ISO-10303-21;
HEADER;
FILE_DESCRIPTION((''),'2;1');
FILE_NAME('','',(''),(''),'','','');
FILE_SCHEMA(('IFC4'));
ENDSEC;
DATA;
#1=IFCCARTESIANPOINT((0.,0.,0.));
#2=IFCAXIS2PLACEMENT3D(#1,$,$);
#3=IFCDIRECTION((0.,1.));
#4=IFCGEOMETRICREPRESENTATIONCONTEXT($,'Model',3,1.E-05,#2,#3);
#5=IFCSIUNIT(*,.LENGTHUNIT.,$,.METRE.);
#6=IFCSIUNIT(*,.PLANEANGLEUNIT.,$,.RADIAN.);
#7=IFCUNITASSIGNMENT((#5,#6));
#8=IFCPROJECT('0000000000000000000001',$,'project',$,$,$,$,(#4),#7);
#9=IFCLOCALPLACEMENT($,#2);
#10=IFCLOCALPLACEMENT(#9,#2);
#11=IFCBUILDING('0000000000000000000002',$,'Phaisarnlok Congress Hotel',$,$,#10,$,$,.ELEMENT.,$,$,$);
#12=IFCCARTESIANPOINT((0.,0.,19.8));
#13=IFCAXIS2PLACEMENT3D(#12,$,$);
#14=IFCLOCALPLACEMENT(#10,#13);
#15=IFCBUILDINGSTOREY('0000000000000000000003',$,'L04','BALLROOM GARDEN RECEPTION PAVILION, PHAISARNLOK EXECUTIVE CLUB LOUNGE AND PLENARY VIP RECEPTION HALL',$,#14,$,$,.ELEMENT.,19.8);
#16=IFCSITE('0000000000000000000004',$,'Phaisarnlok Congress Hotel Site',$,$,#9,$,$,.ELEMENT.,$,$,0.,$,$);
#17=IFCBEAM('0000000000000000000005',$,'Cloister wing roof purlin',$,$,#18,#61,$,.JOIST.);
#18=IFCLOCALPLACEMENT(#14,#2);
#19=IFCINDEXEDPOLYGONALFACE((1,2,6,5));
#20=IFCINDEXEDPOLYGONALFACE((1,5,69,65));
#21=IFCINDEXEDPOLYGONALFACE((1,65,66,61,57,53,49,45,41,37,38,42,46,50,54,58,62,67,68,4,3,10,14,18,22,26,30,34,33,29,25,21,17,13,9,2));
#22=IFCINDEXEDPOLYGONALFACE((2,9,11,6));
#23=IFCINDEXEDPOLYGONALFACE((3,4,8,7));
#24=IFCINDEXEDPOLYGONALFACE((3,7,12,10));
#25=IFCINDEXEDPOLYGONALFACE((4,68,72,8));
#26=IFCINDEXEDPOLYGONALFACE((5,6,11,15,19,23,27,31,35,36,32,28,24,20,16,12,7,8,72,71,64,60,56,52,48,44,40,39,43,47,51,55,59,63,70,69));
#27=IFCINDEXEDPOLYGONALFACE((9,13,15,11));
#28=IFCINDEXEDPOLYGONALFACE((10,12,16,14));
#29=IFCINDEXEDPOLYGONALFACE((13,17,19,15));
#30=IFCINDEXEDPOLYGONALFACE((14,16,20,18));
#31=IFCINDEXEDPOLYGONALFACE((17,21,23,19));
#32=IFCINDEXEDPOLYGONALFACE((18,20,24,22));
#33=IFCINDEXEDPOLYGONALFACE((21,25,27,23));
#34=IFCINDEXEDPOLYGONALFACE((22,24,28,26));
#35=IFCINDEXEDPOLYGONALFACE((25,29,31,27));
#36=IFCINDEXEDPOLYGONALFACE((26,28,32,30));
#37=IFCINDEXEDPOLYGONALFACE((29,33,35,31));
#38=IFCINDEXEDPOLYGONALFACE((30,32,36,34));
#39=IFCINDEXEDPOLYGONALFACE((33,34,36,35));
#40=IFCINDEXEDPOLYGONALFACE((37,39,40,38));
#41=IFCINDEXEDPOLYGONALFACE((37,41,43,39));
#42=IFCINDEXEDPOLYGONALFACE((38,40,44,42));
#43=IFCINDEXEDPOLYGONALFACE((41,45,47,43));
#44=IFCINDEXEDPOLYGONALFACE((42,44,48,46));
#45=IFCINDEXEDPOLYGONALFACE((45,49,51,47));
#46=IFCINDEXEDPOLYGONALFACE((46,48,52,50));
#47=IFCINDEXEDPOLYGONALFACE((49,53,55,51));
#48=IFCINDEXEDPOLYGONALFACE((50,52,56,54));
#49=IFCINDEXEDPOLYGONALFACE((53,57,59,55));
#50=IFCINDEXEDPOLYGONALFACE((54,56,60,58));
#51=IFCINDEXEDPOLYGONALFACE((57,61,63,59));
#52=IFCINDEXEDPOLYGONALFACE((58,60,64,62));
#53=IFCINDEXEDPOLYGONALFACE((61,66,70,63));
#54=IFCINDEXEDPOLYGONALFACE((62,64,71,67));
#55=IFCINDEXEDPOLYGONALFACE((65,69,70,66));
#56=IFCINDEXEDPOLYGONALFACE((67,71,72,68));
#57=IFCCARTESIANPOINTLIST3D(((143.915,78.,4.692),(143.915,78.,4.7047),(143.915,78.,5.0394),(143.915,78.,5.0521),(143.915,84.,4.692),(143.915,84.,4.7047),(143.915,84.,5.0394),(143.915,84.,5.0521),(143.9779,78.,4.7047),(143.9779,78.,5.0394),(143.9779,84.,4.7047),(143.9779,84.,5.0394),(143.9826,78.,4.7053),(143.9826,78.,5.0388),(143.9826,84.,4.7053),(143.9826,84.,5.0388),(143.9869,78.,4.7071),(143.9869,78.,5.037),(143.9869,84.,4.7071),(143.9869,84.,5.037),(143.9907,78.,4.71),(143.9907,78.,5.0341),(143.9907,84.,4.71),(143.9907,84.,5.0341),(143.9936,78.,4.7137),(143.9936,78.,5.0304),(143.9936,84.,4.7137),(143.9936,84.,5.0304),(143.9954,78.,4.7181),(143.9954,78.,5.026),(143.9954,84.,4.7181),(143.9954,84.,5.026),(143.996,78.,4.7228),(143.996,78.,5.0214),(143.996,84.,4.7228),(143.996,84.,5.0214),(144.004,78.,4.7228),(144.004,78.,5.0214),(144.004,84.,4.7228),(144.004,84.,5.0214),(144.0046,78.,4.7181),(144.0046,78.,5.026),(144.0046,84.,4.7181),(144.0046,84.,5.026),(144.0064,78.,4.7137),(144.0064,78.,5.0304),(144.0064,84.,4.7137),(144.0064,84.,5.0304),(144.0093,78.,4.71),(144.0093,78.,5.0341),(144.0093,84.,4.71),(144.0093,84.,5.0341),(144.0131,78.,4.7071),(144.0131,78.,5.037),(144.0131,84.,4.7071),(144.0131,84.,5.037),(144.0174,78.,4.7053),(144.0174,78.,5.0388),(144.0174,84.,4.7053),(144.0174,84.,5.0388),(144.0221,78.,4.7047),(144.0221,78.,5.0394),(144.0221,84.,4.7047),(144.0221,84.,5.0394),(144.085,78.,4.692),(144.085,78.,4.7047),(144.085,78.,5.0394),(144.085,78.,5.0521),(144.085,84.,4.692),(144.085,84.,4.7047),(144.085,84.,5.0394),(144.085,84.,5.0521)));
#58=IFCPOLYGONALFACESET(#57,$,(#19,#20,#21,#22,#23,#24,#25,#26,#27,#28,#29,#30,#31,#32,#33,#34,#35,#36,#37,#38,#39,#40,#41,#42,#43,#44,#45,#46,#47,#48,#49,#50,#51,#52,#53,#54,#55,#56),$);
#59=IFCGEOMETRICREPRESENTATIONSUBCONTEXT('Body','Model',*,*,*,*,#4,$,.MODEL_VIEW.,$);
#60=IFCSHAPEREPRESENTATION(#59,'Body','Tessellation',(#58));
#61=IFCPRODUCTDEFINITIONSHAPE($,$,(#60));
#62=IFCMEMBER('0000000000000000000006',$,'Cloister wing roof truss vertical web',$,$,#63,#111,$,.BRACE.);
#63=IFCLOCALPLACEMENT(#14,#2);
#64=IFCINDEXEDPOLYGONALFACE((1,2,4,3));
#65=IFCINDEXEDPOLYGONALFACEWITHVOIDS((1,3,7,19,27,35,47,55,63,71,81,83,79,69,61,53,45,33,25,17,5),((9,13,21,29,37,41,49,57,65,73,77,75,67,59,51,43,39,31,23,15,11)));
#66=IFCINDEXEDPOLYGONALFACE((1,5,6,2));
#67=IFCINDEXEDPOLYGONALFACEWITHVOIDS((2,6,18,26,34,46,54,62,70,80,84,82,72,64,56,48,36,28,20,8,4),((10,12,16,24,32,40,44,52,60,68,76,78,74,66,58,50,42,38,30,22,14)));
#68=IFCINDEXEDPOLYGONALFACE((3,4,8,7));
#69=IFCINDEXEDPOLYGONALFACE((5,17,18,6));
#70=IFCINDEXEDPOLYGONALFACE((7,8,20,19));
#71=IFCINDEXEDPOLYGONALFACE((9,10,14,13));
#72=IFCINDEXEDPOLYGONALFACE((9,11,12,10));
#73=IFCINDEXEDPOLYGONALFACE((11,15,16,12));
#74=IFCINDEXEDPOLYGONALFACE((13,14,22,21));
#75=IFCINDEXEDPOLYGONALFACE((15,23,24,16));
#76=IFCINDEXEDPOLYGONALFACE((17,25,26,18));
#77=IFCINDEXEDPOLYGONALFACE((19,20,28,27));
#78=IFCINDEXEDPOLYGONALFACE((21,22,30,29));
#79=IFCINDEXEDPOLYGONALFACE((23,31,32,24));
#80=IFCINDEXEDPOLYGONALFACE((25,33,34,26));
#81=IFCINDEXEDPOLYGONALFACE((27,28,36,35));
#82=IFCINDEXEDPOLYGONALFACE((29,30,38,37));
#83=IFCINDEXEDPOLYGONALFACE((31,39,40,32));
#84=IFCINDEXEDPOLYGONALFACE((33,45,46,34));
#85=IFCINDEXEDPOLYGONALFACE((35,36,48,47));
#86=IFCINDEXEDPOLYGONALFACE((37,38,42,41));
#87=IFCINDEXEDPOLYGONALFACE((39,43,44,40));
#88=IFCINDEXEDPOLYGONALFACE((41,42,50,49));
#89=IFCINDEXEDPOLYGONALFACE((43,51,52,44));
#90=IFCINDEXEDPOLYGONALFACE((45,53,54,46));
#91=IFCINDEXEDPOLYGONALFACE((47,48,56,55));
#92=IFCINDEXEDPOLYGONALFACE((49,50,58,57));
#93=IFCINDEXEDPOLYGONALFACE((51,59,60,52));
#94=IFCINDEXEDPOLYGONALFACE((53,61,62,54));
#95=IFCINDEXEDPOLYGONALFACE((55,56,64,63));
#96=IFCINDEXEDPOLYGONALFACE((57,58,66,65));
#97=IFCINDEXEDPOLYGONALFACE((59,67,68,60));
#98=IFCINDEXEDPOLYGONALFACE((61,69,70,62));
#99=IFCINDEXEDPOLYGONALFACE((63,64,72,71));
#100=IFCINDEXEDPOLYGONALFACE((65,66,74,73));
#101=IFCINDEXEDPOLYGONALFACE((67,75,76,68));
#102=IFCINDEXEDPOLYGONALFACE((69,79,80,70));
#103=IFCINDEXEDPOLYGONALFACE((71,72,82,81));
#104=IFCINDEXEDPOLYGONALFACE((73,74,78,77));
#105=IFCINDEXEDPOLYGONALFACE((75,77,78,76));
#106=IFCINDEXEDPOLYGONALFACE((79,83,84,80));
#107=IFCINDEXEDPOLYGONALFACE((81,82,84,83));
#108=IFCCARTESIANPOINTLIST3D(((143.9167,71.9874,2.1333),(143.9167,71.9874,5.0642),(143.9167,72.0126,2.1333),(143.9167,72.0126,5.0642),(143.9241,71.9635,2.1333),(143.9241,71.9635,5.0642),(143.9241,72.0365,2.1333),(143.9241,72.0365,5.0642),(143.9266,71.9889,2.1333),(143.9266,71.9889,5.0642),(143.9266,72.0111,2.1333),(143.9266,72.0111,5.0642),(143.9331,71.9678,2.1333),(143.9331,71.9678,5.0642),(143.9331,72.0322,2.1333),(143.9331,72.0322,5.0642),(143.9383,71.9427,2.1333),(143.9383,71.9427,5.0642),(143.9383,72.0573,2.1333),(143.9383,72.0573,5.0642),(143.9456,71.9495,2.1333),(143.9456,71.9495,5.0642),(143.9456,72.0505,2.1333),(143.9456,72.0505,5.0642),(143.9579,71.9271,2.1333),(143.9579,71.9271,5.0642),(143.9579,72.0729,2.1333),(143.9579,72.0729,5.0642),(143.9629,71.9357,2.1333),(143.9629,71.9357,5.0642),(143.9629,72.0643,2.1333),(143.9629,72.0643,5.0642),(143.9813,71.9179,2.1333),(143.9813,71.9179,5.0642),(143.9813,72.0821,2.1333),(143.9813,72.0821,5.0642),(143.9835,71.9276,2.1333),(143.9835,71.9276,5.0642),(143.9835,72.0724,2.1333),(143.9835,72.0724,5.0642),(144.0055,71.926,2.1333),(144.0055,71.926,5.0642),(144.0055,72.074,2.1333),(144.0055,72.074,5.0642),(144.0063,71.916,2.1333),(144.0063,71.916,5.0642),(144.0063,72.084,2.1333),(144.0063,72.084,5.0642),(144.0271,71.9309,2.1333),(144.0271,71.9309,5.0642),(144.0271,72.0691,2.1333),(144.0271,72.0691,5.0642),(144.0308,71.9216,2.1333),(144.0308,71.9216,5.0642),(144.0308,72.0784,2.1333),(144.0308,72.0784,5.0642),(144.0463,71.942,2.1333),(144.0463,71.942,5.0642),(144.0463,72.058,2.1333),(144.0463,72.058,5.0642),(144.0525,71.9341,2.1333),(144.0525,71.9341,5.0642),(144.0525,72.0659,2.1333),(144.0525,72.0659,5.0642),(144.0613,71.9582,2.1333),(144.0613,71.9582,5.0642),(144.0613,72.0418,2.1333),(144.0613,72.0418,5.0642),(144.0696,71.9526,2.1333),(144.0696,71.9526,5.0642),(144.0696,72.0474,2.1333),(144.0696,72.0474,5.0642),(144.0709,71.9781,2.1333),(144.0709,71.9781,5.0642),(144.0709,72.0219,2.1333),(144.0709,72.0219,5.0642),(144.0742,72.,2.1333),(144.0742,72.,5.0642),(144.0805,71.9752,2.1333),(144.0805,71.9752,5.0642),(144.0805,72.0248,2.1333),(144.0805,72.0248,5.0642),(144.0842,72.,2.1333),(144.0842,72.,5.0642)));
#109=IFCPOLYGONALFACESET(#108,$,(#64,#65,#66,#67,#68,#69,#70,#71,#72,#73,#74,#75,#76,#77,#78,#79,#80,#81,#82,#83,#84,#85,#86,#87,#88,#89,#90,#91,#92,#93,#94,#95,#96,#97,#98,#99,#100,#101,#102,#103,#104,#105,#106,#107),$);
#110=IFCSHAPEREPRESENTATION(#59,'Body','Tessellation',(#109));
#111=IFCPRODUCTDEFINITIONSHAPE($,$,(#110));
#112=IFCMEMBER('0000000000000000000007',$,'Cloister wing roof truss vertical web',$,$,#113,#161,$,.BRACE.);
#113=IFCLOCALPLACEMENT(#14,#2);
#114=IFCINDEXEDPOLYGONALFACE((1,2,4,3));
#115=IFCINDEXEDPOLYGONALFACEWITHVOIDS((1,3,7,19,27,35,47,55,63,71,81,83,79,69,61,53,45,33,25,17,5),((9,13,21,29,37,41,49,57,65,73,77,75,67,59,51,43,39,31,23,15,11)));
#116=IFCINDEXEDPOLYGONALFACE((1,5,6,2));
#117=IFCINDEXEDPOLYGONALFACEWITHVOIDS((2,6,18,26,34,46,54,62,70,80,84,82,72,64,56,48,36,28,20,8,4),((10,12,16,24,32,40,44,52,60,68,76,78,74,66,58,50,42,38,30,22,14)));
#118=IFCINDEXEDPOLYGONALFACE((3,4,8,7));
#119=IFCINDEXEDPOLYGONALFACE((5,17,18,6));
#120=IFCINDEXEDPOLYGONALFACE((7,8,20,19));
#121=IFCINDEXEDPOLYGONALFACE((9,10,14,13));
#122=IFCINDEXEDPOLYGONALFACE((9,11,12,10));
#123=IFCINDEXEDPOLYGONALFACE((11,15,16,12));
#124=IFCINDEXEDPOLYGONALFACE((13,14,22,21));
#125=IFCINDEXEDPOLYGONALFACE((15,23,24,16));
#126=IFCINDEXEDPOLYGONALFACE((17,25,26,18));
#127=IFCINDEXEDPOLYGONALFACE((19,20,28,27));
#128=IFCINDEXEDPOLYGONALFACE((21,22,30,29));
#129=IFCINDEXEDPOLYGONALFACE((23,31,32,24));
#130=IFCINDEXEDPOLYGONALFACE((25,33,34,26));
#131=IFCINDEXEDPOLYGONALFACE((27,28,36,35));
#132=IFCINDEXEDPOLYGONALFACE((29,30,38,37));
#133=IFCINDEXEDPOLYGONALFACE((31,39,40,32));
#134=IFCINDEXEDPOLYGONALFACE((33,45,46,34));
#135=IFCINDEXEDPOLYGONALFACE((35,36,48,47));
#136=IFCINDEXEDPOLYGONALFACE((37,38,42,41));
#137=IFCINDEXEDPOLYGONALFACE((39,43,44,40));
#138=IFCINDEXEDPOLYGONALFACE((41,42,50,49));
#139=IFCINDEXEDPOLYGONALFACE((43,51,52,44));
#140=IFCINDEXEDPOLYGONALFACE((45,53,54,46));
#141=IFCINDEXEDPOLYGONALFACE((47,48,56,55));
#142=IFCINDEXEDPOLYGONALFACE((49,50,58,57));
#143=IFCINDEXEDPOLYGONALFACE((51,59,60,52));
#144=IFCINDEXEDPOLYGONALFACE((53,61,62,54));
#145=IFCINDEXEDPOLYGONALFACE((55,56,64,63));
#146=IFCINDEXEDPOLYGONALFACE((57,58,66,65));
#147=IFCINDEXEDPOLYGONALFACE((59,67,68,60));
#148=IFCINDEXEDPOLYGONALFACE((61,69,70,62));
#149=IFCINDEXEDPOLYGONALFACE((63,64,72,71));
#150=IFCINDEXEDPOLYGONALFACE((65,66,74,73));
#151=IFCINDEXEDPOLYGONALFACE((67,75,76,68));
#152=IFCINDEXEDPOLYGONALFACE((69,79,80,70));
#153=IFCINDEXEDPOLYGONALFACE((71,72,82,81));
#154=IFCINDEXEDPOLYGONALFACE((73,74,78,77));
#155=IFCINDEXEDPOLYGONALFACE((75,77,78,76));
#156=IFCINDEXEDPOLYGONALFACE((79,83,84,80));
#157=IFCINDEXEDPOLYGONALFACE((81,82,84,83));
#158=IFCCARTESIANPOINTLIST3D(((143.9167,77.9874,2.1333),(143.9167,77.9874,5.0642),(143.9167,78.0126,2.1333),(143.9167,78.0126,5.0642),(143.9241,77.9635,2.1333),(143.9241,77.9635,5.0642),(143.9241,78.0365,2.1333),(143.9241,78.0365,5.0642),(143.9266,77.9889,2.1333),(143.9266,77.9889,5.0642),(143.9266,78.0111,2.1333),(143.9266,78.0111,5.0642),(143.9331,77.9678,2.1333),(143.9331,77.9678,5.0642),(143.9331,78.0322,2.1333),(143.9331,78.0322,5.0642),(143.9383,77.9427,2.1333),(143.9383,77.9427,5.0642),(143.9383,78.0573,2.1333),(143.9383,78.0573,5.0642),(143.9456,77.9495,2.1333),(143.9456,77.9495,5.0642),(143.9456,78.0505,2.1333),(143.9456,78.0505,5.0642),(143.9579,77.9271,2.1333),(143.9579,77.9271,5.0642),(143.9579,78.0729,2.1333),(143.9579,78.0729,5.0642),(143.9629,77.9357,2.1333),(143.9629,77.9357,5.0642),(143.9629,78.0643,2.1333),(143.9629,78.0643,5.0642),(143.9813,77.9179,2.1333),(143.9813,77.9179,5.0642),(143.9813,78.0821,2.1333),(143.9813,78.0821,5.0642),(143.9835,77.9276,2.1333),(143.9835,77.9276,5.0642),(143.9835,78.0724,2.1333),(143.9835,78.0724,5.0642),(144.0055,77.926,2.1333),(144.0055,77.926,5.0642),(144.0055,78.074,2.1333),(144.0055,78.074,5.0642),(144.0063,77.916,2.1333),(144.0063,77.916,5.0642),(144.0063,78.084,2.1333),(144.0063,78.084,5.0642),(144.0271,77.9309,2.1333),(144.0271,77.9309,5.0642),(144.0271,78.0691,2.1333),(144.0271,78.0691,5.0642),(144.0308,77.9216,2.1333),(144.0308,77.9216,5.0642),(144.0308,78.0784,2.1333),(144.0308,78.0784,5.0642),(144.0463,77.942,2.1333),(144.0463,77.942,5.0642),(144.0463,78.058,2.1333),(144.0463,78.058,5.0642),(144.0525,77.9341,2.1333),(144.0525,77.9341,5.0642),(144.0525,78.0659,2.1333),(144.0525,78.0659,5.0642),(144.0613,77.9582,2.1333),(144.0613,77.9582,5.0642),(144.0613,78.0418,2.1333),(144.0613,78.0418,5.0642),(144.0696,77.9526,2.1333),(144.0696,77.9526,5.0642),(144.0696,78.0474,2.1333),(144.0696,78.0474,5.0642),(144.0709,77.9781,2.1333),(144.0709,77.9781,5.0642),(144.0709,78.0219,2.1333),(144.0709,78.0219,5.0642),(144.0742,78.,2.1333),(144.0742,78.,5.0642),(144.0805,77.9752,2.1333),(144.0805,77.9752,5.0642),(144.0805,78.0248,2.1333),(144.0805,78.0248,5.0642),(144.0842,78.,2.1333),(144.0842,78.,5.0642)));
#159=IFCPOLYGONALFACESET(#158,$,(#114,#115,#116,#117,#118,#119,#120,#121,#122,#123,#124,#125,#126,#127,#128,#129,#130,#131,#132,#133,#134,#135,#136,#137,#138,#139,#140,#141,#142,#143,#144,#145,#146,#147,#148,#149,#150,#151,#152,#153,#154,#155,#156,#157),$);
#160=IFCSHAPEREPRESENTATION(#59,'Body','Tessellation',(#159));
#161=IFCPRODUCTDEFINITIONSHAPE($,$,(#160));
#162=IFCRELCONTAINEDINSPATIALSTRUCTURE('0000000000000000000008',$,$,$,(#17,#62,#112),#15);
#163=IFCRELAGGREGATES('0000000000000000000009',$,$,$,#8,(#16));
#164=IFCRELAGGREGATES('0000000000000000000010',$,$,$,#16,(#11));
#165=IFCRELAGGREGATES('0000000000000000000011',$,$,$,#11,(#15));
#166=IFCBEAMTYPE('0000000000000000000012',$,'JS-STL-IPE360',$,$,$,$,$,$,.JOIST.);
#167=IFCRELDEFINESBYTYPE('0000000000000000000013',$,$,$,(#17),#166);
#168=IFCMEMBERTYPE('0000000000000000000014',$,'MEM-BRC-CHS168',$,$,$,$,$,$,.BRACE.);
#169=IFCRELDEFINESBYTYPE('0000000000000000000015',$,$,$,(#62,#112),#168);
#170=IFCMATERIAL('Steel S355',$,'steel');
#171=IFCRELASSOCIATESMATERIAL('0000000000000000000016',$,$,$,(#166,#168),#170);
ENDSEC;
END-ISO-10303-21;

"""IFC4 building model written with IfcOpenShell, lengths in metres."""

from ifc_helpers import new_model, si_unit, direction, frame, origin, origin_2d, place, context, subcontext, project, spatial, hollow_circle, i_section, extrude, material, material_profile, profile_set, type_object, element, save


model = new_model("IFC4")

# Units and contexts
model_context = context("Model", 3, precision=1e-05, world=origin(), true_north=direction((0.0, 1.0)))
body_context = subcontext(model_context, "Body", "Model", "MODEL_VIEW")
ifc_project = project(units=[si_unit("LENGTHUNIT", "METRE"), si_unit("PLANEANGLEUNIT", "RADIAN")], contexts=[model_context])

# Site, building, storey
site_placement = place(None, origin())
site = spatial("IfcSite", under=ifc_project, at=site_placement, Name="Phaisarnlok Congress Hotel Site", CompositionType="ELEMENT", RefElevation=0.0)
building_placement = place(site_placement, origin())
building = spatial("IfcBuilding", under=site, at=building_placement, Name="Phaisarnlok Congress Hotel", CompositionType="ELEMENT")
storey_placement = place(building_placement, frame((0.0, 0.0, 19.8)))
storey = spatial("IfcBuildingStorey", under=building, at=storey_placement, Name="L04", Description="BALLROOM GARDEN RECEPTION PAVILION, PHAISARNLOK EXECUTIVE CLUB LOUNGE AND PLENARY VIP RECEPTION HALL", CompositionType="ELEMENT", Elevation=19.8)

# Shared definitions
ifc_material = material(Name="Steel S355", Category="steel")

# Beam
ifc_material_profile_1 = material_profile(ifc_material, i_section(OverallWidth=0.1699, OverallDepth=0.3601, WebThickness=0.0081, FlangeThickness=0.0127, FilletRadius=0.0181, at=origin_2d()), Name="IPE 360")
ifc_profile_set_1 = profile_set([ifc_material_profile_1], Name="Steel S355")
beam_type = type_object("IfcBeamType", Name="JS-STL-IPE360", PredefinedType="JOIST", material=ifc_profile_set_1)
for number, where, z_axis, x_axis, name in (
    (1, (144.0, 78.0, 4.8721), (0.0, 1.0, 0.0), (-1.0, 0.0, 0.0), "Cloister wing roof purlin"),
):
    element("IfcBeam", number, at=place(storey_placement, frame(where, z_axis=z_axis, x_axis=x_axis)), inside=storey, type_object=beam_type, Name=name, PredefinedType="JOIST", context=body_context, shape_type="SweptSolid", body=[
        extrude(i_section(OverallWidth=0.1699, OverallDepth=0.3601, WebThickness=0.0081, FlangeThickness=0.0127, FilletRadius=0.0181, at=origin_2d()), origin(), (0.0, 0.0, 1.0), 6.0),
    ])

# Members
ifc_material_profile_2 = material_profile(ifc_material, hollow_circle(Radius=0.0842, WallThickness=0.01, at=origin_2d()), Name="CHS 168.3x10")
ifc_profile_set_2 = profile_set([ifc_material_profile_2], Name="Steel S355")
member_type_1 = type_object("IfcMemberType", Name="MEM-BRC-CHS168", PredefinedType="BRACE", material=ifc_profile_set_2)
for number, where, z_axis, x_axis, name in (
    (2, (144.0, 72.0, 2.1333), (0.0, 0.0, 1.0), (1.0, 0.0, 0.0), "Cloister wing roof truss vertical web"),
    (3, (144.0, 78.0, 2.1333), (0.0, 0.0, 1.0), (1.0, 0.0, 0.0), "Cloister wing roof truss vertical web"),
):
    element("IfcMember", number, at=place(storey_placement, frame(where, z_axis=z_axis, x_axis=x_axis)), inside=storey, type_object=member_type_1, Name=name, PredefinedType="BRACE", context=body_context, shape_type="SweptSolid", body=[
        extrude(hollow_circle(Radius=0.0842, WallThickness=0.01, at=origin_2d()), origin(), (0.0, 0.0, 1.0), 2.9309),
    ])

save(model, "model.ifc")
